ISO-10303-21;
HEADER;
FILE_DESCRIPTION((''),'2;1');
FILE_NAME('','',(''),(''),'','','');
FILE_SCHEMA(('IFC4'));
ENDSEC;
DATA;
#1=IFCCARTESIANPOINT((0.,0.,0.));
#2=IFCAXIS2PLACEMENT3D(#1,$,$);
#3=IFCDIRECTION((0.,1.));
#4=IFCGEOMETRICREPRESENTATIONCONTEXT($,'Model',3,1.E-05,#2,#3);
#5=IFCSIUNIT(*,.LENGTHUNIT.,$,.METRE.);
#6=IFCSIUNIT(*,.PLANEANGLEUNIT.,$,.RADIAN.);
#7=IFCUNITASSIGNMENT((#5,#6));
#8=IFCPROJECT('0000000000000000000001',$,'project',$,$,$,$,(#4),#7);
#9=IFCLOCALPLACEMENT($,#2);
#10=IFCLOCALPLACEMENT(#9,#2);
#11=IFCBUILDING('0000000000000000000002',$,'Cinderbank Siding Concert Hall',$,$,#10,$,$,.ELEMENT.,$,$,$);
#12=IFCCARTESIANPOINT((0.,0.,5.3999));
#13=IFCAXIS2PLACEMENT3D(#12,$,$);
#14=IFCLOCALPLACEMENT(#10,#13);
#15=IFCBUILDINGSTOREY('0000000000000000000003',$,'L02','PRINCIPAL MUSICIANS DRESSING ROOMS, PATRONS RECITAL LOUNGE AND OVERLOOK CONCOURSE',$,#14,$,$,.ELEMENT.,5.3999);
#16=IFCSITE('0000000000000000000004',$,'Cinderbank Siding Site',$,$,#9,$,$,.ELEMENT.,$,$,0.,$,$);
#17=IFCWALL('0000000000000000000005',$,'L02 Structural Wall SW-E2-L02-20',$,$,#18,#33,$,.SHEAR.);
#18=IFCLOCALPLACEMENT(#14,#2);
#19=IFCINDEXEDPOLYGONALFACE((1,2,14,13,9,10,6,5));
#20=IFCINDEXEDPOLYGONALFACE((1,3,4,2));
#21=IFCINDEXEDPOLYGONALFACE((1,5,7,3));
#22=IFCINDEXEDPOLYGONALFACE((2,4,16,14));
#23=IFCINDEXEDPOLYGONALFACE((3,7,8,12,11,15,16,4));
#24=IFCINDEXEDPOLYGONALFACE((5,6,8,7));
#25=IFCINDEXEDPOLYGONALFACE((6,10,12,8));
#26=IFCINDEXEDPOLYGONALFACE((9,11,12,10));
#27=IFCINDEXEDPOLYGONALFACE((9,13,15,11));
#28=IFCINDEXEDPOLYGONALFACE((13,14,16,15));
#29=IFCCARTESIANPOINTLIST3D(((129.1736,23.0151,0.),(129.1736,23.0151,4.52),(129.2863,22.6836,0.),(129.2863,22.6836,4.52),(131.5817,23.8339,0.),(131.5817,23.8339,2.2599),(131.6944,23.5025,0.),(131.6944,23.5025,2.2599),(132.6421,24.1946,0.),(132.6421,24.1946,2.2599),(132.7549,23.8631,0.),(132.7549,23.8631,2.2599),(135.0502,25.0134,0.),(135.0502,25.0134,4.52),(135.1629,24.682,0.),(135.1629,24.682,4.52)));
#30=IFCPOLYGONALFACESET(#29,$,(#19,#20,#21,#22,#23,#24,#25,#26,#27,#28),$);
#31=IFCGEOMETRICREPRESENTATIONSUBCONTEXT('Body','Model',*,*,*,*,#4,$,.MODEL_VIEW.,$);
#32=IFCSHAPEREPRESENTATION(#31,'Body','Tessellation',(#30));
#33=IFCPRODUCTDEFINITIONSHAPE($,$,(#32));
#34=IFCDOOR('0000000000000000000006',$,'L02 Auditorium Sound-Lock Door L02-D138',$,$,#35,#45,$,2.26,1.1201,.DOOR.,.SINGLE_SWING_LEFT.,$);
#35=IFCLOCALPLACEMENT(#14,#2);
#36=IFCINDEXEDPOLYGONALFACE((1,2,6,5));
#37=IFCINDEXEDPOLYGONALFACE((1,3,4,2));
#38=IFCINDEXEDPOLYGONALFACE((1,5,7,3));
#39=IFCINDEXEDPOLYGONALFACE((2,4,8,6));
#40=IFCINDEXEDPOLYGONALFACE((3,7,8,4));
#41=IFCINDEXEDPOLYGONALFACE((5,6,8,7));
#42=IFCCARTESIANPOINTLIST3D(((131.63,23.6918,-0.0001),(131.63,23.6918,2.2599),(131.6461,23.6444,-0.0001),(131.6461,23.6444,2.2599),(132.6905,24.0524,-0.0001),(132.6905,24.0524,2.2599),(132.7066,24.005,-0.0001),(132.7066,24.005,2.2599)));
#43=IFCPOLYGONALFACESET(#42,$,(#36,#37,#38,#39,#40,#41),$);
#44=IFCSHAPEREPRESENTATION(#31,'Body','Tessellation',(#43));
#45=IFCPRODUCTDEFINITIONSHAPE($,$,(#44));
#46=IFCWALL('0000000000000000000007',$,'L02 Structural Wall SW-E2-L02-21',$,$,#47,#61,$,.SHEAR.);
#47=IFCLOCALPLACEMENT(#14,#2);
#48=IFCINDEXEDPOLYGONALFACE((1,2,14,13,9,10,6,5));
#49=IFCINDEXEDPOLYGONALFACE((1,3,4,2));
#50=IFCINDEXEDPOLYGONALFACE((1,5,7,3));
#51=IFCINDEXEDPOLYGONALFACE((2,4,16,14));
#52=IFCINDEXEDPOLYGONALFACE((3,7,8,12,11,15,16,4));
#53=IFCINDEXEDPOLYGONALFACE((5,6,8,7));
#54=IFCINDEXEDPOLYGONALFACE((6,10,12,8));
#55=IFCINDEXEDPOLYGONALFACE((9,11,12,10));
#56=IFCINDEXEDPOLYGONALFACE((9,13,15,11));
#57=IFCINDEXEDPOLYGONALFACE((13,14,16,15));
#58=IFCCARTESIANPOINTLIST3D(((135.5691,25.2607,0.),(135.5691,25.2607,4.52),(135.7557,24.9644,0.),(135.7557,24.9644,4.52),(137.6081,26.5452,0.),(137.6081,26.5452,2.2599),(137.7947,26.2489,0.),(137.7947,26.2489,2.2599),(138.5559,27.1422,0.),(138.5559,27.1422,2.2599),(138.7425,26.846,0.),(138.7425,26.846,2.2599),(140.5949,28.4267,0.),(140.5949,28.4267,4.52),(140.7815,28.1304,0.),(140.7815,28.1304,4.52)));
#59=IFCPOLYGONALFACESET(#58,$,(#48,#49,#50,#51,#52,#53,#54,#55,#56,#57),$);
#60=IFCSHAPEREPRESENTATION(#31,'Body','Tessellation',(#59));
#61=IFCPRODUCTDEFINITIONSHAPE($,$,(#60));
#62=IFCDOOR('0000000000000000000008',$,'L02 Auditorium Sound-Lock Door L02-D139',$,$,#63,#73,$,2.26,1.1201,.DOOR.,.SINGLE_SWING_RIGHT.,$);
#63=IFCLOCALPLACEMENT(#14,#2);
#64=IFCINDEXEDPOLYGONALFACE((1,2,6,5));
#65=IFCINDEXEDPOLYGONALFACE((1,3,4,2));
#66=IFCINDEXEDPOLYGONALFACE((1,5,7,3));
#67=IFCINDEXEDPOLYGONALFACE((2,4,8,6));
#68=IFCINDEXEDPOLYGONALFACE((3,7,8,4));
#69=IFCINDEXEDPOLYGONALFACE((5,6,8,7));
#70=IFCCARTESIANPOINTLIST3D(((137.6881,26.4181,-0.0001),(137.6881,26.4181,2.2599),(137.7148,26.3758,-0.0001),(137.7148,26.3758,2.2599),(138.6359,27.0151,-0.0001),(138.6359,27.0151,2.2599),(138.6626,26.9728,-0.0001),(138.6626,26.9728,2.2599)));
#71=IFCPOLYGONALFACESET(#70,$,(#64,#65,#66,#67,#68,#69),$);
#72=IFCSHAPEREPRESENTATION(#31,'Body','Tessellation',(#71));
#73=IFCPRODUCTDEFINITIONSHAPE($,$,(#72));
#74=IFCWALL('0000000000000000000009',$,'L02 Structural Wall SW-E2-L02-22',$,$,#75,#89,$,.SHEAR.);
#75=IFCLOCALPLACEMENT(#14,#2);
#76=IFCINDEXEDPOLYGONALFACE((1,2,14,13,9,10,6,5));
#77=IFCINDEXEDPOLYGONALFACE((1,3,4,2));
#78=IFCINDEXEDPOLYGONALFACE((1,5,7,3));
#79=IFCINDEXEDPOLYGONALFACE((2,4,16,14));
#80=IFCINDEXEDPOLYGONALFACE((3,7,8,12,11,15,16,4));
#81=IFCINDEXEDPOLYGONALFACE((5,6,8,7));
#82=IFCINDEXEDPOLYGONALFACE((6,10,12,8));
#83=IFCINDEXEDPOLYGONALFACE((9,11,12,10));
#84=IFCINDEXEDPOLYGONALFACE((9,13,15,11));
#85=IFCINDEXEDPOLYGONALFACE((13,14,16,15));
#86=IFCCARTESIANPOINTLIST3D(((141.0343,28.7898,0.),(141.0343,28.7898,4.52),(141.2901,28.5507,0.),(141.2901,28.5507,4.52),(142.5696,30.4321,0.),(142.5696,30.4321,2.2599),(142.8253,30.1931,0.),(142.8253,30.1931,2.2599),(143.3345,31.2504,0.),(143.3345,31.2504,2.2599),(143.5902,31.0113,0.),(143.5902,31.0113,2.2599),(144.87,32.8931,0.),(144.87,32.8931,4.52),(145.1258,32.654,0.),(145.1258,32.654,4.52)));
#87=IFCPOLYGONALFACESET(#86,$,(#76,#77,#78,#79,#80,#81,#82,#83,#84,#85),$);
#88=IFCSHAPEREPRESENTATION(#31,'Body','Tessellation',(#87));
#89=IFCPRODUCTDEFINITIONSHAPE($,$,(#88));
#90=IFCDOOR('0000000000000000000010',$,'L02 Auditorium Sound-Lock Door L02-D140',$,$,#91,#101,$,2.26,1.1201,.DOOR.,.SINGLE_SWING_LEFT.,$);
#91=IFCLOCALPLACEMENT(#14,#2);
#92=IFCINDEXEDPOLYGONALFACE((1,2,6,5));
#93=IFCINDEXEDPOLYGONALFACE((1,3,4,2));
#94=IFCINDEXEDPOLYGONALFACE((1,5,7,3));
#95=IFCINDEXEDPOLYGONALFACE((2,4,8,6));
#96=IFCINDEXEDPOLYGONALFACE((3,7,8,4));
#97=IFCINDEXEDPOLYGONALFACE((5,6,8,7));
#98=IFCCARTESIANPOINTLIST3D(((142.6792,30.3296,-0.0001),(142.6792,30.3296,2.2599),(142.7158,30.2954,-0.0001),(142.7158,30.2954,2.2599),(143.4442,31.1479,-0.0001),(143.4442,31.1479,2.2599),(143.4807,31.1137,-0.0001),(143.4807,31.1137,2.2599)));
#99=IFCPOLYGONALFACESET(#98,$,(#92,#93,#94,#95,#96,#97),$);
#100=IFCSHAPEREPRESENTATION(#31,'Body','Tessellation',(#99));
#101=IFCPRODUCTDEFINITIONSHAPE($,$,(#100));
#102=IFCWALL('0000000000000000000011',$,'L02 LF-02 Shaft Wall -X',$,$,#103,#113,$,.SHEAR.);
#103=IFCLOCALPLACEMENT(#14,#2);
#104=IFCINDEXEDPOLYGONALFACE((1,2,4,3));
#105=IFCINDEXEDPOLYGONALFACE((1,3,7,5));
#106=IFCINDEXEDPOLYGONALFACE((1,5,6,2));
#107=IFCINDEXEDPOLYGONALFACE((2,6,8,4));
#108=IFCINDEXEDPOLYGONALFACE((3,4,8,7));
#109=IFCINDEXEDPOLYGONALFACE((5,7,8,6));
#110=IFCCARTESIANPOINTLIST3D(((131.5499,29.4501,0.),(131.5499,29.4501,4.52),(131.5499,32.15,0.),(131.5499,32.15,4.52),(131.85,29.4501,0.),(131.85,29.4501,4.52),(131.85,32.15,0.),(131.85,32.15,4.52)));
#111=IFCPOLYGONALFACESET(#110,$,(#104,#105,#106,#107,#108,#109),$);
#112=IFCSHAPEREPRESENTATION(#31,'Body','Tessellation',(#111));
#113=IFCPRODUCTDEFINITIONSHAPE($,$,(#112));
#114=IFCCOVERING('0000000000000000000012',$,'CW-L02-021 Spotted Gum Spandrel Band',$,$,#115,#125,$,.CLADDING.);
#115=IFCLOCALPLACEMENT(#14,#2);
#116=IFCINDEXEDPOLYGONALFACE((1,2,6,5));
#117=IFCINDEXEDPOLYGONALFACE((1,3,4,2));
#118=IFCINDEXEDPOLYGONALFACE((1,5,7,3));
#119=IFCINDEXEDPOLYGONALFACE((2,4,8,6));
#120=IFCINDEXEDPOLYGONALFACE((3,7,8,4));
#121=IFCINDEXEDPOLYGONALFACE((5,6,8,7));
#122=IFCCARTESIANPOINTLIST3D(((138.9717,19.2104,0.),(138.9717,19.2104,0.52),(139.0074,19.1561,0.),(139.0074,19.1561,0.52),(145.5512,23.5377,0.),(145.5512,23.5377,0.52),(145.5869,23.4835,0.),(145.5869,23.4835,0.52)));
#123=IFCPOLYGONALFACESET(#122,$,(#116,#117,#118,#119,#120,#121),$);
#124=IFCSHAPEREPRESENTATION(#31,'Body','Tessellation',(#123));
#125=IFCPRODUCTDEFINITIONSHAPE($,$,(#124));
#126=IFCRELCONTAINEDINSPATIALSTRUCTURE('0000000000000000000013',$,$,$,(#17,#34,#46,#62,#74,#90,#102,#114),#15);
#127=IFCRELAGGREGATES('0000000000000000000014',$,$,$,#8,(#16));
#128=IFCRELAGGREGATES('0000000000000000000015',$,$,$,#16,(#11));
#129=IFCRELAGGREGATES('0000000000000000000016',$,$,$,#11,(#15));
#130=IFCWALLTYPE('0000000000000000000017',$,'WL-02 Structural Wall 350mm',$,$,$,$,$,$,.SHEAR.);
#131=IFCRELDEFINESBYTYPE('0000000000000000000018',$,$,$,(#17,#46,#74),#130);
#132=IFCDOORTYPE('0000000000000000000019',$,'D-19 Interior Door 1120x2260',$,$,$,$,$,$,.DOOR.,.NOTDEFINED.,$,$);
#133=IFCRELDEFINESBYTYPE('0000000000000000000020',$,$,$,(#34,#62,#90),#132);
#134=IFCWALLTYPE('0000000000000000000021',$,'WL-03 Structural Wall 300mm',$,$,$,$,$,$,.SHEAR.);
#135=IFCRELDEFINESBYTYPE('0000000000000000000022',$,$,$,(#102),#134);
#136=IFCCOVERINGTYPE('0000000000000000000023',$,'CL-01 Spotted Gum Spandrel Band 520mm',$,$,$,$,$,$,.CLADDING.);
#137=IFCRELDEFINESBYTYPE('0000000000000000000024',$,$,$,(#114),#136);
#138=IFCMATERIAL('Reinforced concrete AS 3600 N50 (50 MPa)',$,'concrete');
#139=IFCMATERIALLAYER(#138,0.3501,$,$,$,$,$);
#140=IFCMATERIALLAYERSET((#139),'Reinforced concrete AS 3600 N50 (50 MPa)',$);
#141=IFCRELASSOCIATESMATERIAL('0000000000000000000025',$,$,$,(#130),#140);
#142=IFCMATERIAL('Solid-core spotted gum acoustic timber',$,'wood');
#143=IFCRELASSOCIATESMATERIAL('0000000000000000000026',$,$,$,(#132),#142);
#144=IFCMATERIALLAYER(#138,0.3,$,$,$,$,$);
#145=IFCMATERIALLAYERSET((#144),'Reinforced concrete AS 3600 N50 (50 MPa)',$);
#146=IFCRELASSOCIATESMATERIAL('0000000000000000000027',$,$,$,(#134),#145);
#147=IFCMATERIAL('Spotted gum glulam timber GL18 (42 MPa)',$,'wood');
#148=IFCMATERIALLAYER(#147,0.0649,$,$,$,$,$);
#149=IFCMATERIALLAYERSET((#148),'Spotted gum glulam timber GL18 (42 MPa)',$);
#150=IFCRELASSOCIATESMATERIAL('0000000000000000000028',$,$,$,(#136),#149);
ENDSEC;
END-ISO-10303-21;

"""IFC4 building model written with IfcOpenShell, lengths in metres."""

from ifc_helpers import new_model, si_unit, direction, frame, frame_2d, origin, origin_2d, place, context, subcontext, project, spatial, rectangle, extrude, material, layer, layer_set, type_object, element, fill, save


model = new_model("IFC4")

# Units and contexts
model_context = context("Model", 3, precision=1e-05, world=origin(), true_north=direction((0.0, 1.0)))
body_context = subcontext(model_context, "Body", "Model", "MODEL_VIEW")
ifc_project = project(units=[si_unit("LENGTHUNIT", "METRE"), si_unit("PLANEANGLEUNIT", "RADIAN")], contexts=[model_context])

# Site, building, storey
site_placement = place(None, origin())
site = spatial("IfcSite", under=ifc_project, at=site_placement, Name="Cinderbank Siding Site", CompositionType="ELEMENT", RefElevation=0.0)
building_placement = place(site_placement, origin())
building = spatial("IfcBuilding", under=site, at=building_placement, Name="Cinderbank Siding Concert Hall", CompositionType="ELEMENT")
storey_placement = place(building_placement, frame((0.0, 0.0, 5.3999)))
storey = spatial("IfcBuildingStorey", under=building, at=storey_placement, Name="L02", Description="PRINCIPAL MUSICIANS DRESSING ROOMS, PATRONS RECITAL LOUNGE AND OVERLOOK CONCOURSE", CompositionType="ELEMENT", Elevation=5.3999)

# Shared definitions
ifc_material_1 = material(Name="Reinforced concrete AS 3600 N50 (50 MPa)", Category="concrete")

# Walls, openings, doors
ifc_layer_1 = layer(ifc_material_1, 0.3501)
ifc_layer_set_1 = layer_set([ifc_layer_1], Name="Reinforced concrete AS 3600 N50 (50 MPa)")
wall_type_1 = type_object("IfcWallType", Name="WL-02 Structural Wall 350mm", PredefinedType="SHEAR", material=ifc_layer_set_1)
wall_1_placement = place(storey_placement, frame((129.23, 22.8494, 0.0), z_axis=(0.0, 0.0, 1.0), x_axis=(0.946758, 0.321945, 0.0)))
wall_1 = element("IfcWall", 1, at=wall_1_placement, inside=storey, type_object=wall_type_1, Name="L02 Structural Wall SW-E2-L02-20", PredefinedType="SHEAR", context=body_context, shape_type="SweptSolid", body=[
    extrude(rectangle(XDim=6.207, YDim=0.3501, at=frame_2d((3.1035, 0.0))), origin(), (0.0, 0.0, 1.0), 4.52),
])
opening_1_placement = place(wall_1_placement, frame((2.5435, 0.0, 0.0)))
opening_1 = element("IfcOpeningElement", 2, at=opening_1_placement, cuts=wall_1, PredefinedType="OPENING", context=body_context, shape_type="SweptSolid", body=[
    extrude(rectangle(XDim=1.1201, YDim=2.26, at=frame_2d((0.5601, 1.1299))), frame((0.0, 0.187, 0.0), z_axis=(0.0, -1.0, 0.0), x_axis=(1.0, 0.0, 0.0)), (0.0, 0.0, 1.0), 0.374),
])
ifc_material_2 = material(Name="Solid-core spotted gum acoustic timber", Category="wood")
door_type = type_object("IfcDoorType", Name="D-19 Interior Door 1120x2260", OperationType="NOTDEFINED", PredefinedType="DOOR", material=ifc_material_2)
door_1_placement = place(opening_1_placement, origin())
door_1 = element("IfcDoor", 3, at=door_1_placement, inside=storey, type_object=door_type, Name="L02 Auditorium Sound-Lock Door L02-D138", OperationType="SINGLE_SWING_LEFT", OverallHeight=2.26, OverallWidth=1.1201, PredefinedType="DOOR", context=body_context, shape_type="SweptSolid", body=[
    extrude(rectangle(XDim=1.1201, YDim=2.26, at=frame_2d((0.5601, 1.1299))), frame((0.0, 0.0249, 0.0), z_axis=(0.0, -1.0, 0.0), x_axis=(1.0, 0.0, 0.0)), (0.0, 0.0, 1.0), 0.05),
])
fill(opening_1, door_1)
wall_2_placement = place(storey_placement, frame((135.6624, 25.1125, 0.0), z_axis=(0.0, 0.0, 1.0), x_axis=(0.846113, 0.533003, 0.0)))
wall_2 = element("IfcWall", 4, at=wall_2_placement, inside=storey, type_object=wall_type_1, Name="L02 Structural Wall SW-E2-L02-21", PredefinedType="SHEAR", context=body_context, shape_type="SweptSolid", body=[
    extrude(rectangle(XDim=5.9399, YDim=0.3501, at=frame_2d((2.97, 0.0))), origin(), (0.0, 0.0, 1.0), 4.52),
])
opening_2_placement = place(wall_2_placement, frame((2.4099, 0.0, 0.0)))
opening_2 = element("IfcOpeningElement", 5, at=opening_2_placement, cuts=wall_2, PredefinedType="OPENING", context=body_context, shape_type="SweptSolid", body=[
    extrude(rectangle(XDim=1.1201, YDim=2.26, at=frame_2d((0.5601, 1.1299))), frame((0.0, 0.187, 0.0), z_axis=(0.0, -1.0, 0.0), x_axis=(1.0, 0.0, 0.0)), (0.0, 0.0, 1.0), 0.374),
])
door_2_placement = place(opening_2_placement, origin())
door_2 = element("IfcDoor", 6, at=door_2_placement, inside=storey, type_object=door_type, Name="L02 Auditorium Sound-Lock Door L02-D139", OperationType="SINGLE_SWING_RIGHT", OverallHeight=2.26, OverallWidth=1.1201, PredefinedType="DOOR", context=body_context, shape_type="SweptSolid", body=[
    extrude(rectangle(XDim=1.1201, YDim=2.26, at=frame_2d((0.5601, 1.1299))), frame((0.0, 0.0249, 0.0), z_axis=(0.0, -1.0, 0.0), x_axis=(1.0, 0.0, 0.0)), (0.0, 0.0, 1.0), 0.05),
])
fill(opening_2, door_2)
wall_3_placement = place(storey_placement, frame((141.1621, 28.6702, 0.0), z_axis=(0.0, 0.0, 1.0), x_axis=(0.682886, 0.730525, 0.0)))
wall_3 = element("IfcWall", 7, at=wall_3_placement, inside=storey, type_object=wall_type_1, Name="L02 Structural Wall SW-E2-L02-22", PredefinedType="SHEAR", context=body_context, shape_type="SweptSolid", body=[
    extrude(rectangle(XDim=5.6169, YDim=0.3501, at=frame_2d((2.8086, 0.0))), origin(), (0.0, 0.0, 1.0), 4.52),
])
opening_3_placement = place(wall_3_placement, frame((2.2483, 0.0, 0.0)))
opening_3 = element("IfcOpeningElement", 8, at=opening_3_placement, cuts=wall_3, PredefinedType="OPENING", context=body_context, shape_type="SweptSolid", body=[
    extrude(rectangle(XDim=1.1201, YDim=2.26, at=frame_2d((0.5601, 1.1299))), frame((0.0, 0.187, 0.0), z_axis=(0.0, -1.0, 0.0), x_axis=(1.0, 0.0, 0.0)), (0.0, 0.0, 1.0), 0.374),
])
door_3_placement = place(opening_3_placement, origin())
door_3 = element("IfcDoor", 9, at=door_3_placement, inside=storey, type_object=door_type, Name="L02 Auditorium Sound-Lock Door L02-D140", OperationType="SINGLE_SWING_LEFT", OverallHeight=2.26, OverallWidth=1.1201, PredefinedType="DOOR", context=body_context, shape_type="SweptSolid", body=[
    extrude(rectangle(XDim=1.1201, YDim=2.26, at=frame_2d((0.5601, 1.1299))), frame((0.0, 0.0249, 0.0), z_axis=(0.0, -1.0, 0.0), x_axis=(1.0, 0.0, 0.0)), (0.0, 0.0, 1.0), 0.05),
])
fill(opening_3, door_3)

# Wall
ifc_layer_2 = layer(ifc_material_1, 0.3)
ifc_layer_set_2 = layer_set([ifc_layer_2], Name="Reinforced concrete AS 3600 N50 (50 MPa)")
wall_type_2 = type_object("IfcWallType", Name="WL-03 Structural Wall 300mm", PredefinedType="SHEAR", material=ifc_layer_set_2)
wall_4_placement = place(storey_placement, frame((131.7, 29.45, 0.0), z_axis=(0.0, 0.0, 1.0), x_axis=(0.0, 1.0, 0.0)))
element("IfcWall", 10, at=wall_4_placement, inside=storey, type_object=wall_type_2, Name="L02 LF-02 Shaft Wall -X", PredefinedType="SHEAR", context=body_context, shape_type="SweptSolid", body=[
    extrude(rectangle(XDim=2.7, YDim=0.3, at=frame_2d((1.3501, 0.0))), origin(), (0.0, 0.0, 1.0), 4.52),
])

# Covering
ifc_material_3 = material(Name="Spotted gum glulam timber GL18 (42 MPa)", Category="wood")
ifc_layer_3 = layer(ifc_material_3, 0.0649)
ifc_layer_set_3 = layer_set([ifc_layer_3], Name="Spotted gum glulam timber GL18 (42 MPa)")
covering_type = type_object("IfcCoveringType", Name="CL-01 Spotted Gum Spandrel Band 520mm", PredefinedType="CLADDING", material=ifc_layer_set_3)
covering_placement = place(storey_placement, frame((142.2793, 21.3469, 0.0), z_axis=(0.0, 0.0, 1.0), x_axis=(0.835492, 0.549503, 0.0)))
element("IfcCovering", 11, at=covering_placement, inside=storey, type_object=covering_type, Name="CW-L02-021 Spotted Gum Spandrel Band", PredefinedType="CLADDING", context=body_context, shape_type="SweptSolid", body=[
    extrude(rectangle(XDim=7.875, YDim=0.0649, at=origin_2d()), origin(), (0.0, 0.0, 1.0), 0.52),
])

save(model, "model.ifc")
